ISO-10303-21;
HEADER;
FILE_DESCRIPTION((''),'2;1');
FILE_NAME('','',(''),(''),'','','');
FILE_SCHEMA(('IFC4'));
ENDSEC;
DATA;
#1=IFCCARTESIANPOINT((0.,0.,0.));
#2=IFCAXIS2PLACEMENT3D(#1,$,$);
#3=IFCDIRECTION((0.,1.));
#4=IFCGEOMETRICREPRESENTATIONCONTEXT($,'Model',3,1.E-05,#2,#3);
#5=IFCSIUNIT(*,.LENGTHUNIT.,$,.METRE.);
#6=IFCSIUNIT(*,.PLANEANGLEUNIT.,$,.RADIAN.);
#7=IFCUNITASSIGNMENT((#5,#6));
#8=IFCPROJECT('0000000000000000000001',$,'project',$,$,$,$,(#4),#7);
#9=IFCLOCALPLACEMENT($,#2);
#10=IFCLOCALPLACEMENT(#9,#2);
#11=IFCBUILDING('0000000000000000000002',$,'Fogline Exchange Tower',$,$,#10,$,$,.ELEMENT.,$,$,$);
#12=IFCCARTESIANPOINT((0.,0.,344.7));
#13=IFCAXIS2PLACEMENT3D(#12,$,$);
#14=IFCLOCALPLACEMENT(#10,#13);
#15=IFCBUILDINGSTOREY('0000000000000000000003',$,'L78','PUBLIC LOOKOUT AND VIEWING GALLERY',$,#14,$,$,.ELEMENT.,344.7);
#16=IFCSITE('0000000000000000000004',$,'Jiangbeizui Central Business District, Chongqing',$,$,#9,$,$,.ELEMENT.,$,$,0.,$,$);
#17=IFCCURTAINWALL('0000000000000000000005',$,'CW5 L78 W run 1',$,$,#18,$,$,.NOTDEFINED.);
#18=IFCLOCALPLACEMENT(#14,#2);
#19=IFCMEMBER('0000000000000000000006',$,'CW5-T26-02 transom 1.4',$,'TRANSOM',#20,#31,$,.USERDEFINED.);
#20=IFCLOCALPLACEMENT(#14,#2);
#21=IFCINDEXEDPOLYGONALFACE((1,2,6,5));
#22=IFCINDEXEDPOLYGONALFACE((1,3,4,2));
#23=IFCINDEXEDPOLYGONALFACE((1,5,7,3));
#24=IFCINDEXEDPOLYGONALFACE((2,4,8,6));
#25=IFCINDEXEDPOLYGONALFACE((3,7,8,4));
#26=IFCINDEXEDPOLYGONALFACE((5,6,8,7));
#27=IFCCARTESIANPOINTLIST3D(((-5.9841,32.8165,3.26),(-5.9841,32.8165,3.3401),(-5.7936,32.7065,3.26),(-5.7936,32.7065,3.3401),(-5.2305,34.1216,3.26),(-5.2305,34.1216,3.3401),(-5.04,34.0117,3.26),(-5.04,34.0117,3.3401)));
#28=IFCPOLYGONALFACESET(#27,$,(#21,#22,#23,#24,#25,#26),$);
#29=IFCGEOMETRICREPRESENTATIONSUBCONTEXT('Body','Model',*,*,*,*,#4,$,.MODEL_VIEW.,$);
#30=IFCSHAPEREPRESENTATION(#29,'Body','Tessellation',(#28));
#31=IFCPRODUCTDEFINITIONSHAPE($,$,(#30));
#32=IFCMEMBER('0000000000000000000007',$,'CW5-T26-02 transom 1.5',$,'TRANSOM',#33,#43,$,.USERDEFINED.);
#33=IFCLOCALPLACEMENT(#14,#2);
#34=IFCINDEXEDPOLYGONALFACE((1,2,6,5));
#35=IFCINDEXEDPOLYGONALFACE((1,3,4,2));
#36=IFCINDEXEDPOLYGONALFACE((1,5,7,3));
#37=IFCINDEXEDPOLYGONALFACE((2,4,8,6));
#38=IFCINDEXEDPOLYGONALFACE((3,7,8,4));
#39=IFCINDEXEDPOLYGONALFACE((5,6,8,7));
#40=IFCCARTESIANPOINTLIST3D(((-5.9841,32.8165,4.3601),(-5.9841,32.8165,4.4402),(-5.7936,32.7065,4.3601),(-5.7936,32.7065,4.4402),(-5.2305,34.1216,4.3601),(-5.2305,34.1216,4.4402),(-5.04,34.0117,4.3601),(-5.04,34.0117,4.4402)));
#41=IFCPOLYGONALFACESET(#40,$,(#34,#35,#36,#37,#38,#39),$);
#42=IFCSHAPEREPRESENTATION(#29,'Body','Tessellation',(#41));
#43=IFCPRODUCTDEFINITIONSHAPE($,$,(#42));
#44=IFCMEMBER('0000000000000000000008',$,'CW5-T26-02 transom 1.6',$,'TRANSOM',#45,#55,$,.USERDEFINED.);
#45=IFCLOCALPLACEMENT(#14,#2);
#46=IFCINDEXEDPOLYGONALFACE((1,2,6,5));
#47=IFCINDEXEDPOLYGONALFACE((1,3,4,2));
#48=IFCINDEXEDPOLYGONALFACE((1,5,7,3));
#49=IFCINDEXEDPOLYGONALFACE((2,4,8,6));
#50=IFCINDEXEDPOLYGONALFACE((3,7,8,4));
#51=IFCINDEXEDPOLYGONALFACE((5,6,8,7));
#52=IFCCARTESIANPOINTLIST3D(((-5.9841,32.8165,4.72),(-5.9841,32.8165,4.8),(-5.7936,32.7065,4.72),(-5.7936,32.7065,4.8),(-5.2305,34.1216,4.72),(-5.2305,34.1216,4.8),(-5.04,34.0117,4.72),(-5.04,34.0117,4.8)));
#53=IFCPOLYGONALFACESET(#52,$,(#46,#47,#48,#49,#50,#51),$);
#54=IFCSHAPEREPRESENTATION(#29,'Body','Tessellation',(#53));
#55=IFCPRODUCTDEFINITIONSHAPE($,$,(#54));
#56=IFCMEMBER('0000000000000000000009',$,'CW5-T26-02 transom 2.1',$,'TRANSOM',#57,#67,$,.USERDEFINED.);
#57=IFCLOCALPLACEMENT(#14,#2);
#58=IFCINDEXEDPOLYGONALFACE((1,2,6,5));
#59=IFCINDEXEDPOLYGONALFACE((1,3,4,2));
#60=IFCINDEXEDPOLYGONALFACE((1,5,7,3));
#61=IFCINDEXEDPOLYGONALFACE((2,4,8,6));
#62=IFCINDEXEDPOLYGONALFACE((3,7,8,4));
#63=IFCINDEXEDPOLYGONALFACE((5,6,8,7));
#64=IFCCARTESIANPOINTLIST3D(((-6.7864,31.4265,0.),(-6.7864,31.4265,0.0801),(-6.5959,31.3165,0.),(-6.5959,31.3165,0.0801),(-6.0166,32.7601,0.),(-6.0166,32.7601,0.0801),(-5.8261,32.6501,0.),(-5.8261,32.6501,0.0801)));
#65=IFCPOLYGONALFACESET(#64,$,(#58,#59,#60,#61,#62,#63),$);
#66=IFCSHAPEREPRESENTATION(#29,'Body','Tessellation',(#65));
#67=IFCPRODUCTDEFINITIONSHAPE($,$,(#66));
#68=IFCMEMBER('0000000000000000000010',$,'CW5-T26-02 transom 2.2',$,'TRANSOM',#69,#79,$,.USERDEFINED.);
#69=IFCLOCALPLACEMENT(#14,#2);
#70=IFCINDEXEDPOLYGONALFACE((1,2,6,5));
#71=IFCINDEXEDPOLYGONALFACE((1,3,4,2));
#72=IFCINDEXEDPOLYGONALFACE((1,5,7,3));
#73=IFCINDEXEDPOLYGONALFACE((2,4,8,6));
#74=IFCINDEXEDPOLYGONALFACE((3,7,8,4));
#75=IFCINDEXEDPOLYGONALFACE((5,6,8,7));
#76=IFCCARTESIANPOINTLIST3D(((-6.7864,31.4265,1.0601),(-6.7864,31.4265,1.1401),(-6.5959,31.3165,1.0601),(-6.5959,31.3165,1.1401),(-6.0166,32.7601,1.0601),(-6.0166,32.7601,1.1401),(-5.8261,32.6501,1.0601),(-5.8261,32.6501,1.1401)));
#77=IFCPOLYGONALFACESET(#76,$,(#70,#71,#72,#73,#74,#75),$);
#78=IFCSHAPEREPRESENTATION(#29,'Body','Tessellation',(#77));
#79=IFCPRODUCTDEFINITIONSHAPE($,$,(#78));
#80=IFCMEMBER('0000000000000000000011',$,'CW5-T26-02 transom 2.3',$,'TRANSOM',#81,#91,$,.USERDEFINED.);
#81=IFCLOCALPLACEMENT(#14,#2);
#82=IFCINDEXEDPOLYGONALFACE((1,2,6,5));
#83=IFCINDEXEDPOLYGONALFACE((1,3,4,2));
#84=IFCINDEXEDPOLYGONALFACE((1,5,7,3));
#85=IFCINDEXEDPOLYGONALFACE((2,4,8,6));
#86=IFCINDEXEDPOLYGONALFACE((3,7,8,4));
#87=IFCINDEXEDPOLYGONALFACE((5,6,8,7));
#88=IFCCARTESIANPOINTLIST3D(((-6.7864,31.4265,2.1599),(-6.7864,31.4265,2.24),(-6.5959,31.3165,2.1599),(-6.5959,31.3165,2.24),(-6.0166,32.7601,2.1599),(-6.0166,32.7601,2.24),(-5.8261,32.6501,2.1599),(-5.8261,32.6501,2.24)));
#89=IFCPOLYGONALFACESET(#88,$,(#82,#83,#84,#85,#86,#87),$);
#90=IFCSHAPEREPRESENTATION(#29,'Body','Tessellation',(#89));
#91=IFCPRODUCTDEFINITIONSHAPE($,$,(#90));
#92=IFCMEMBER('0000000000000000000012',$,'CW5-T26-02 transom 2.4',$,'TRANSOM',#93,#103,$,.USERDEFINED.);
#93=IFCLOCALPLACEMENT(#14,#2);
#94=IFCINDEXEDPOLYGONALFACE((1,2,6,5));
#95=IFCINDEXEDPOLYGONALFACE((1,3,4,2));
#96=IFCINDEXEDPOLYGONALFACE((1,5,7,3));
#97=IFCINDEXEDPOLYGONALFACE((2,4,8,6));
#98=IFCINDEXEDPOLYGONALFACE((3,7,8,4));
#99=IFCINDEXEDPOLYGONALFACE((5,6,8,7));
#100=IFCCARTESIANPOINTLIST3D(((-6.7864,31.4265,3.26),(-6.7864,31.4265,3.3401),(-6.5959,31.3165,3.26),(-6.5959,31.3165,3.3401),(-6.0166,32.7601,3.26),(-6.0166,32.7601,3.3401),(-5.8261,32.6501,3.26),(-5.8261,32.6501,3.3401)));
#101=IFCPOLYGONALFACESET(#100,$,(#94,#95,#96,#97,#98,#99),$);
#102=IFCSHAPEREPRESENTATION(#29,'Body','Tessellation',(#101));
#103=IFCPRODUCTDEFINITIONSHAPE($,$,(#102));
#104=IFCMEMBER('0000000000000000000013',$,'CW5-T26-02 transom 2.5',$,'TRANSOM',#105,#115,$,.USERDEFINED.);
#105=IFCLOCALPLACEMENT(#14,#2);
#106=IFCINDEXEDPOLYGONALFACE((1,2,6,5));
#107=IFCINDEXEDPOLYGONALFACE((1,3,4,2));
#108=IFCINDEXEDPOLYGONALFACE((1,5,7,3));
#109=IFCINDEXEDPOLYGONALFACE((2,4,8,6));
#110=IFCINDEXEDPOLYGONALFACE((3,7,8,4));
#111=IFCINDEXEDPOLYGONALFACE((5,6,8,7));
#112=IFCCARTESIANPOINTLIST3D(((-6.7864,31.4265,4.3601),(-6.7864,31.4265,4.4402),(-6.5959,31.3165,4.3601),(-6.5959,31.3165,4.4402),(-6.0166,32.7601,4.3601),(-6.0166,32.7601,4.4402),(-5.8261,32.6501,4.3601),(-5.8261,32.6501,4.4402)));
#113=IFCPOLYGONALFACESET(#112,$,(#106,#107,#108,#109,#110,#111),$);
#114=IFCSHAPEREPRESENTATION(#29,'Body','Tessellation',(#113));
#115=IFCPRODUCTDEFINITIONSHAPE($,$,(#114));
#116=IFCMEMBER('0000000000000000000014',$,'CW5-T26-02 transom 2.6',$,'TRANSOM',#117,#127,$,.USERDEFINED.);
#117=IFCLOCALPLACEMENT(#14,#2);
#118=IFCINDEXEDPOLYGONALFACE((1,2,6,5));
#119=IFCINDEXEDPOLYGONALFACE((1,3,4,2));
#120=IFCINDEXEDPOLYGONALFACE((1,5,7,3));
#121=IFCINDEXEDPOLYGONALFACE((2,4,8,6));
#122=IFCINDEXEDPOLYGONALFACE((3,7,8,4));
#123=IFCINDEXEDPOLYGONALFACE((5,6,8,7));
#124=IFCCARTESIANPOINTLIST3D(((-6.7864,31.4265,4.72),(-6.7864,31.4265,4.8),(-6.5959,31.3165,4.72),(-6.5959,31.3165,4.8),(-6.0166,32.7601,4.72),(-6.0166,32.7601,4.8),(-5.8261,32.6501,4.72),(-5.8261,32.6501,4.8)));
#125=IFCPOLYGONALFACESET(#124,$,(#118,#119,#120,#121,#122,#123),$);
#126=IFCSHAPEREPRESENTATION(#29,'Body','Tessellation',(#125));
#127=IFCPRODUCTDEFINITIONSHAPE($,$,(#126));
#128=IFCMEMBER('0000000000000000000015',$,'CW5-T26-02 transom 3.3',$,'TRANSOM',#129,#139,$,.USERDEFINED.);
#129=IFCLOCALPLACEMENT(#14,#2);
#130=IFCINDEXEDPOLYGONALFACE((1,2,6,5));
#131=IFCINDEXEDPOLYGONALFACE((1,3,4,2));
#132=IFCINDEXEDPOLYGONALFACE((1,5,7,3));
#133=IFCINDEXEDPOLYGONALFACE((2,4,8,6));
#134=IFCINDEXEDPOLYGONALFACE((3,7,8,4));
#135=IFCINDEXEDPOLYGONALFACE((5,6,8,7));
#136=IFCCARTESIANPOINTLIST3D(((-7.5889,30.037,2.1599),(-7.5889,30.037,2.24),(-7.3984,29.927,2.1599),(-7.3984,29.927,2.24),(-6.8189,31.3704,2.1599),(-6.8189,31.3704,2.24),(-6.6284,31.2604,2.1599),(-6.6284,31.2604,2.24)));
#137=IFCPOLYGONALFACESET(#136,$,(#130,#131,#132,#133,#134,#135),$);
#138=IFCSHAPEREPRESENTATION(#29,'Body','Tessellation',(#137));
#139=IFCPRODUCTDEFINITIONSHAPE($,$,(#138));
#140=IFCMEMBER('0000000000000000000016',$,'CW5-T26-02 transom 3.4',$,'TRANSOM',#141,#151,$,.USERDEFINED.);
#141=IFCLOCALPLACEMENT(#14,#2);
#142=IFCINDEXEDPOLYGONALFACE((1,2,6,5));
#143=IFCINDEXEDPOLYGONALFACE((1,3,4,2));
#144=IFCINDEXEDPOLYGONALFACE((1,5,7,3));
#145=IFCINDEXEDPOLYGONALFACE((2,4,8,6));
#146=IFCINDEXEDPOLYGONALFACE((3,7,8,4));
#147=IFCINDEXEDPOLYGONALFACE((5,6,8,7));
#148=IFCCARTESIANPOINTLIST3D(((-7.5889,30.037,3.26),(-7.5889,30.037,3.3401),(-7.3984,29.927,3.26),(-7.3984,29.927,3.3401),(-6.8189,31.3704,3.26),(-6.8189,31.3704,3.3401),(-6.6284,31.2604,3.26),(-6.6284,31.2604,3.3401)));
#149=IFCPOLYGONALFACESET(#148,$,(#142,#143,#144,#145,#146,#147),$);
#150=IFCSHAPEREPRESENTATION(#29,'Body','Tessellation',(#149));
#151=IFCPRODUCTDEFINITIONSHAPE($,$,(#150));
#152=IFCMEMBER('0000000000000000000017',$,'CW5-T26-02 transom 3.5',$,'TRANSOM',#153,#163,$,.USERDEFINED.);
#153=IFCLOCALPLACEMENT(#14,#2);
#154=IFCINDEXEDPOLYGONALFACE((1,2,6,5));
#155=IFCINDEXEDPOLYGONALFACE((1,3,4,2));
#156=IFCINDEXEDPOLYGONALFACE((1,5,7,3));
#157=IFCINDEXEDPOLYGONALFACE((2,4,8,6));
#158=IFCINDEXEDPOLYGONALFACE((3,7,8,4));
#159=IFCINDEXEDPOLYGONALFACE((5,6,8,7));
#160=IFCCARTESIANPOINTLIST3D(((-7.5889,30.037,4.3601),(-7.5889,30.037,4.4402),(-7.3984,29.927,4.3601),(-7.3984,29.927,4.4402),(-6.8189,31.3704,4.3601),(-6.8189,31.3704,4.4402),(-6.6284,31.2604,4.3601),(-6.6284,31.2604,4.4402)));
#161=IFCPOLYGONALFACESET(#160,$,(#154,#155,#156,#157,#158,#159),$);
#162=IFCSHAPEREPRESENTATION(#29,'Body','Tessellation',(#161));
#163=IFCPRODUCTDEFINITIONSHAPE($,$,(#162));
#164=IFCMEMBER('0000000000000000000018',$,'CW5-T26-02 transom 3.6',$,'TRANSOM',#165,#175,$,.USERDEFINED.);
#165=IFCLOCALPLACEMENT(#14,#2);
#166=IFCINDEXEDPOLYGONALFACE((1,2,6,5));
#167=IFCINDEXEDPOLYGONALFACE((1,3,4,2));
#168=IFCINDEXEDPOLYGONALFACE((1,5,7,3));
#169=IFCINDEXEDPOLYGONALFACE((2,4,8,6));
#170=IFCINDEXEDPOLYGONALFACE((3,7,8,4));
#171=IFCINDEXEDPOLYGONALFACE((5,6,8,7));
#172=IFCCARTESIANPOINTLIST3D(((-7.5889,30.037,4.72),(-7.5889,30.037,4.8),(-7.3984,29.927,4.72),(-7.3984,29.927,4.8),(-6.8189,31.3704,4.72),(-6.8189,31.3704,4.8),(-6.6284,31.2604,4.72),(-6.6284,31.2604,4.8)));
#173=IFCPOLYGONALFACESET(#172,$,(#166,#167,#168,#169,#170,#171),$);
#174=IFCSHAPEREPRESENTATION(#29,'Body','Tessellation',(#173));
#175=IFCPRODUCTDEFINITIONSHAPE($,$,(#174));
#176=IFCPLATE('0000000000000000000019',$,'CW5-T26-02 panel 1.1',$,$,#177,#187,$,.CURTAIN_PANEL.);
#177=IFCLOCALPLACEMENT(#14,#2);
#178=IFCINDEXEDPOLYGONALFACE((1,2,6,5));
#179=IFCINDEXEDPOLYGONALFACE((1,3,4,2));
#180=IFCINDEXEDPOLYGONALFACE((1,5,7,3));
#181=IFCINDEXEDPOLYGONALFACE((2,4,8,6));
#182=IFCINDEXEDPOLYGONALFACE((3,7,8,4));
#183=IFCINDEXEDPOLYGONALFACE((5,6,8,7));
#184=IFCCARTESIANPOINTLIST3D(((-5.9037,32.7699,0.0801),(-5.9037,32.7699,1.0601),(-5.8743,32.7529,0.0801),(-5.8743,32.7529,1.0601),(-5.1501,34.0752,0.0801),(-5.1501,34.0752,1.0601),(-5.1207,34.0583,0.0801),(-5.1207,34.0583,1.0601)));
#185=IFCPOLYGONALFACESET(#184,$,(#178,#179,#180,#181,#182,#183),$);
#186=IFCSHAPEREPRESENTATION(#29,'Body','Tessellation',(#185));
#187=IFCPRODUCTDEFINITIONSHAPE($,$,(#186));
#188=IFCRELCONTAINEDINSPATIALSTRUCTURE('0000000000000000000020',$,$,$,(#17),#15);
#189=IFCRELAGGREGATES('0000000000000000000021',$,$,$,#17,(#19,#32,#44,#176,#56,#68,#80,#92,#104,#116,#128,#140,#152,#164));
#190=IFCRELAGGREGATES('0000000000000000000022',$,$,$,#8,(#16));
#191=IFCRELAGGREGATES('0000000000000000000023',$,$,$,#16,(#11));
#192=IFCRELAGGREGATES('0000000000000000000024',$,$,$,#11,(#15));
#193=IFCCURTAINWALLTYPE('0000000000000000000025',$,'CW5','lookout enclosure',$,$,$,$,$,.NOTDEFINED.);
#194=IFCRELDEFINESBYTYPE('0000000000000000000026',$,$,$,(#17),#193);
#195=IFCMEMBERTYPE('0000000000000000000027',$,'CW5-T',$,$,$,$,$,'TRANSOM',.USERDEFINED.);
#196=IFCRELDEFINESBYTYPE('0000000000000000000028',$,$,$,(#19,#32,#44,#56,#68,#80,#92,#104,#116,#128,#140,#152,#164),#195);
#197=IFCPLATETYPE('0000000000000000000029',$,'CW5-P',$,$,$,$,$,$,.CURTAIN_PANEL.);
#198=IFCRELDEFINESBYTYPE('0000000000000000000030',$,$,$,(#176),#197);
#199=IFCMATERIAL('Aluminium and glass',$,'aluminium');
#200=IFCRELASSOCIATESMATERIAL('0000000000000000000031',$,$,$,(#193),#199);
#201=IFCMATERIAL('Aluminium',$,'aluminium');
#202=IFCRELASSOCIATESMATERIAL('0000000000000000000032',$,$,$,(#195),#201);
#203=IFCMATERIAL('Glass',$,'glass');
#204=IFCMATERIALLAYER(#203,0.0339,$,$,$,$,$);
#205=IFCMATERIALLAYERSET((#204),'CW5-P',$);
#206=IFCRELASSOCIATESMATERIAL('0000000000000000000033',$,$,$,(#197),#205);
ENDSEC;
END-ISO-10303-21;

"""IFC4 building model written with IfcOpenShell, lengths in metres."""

from ifc_helpers import new_model, si_unit, direction, frame, origin, origin_2d, place, context, subcontext, project, spatial, rectangle, extrude, material, layer, layer_set, material_profile, profile_set, type_object, element, aggregate, save


model = new_model("IFC4")

# Units and contexts
model_context = context("Model", 3, precision=1e-05, world=origin(), true_north=direction((0.0, 1.0)))
body_context = subcontext(model_context, "Body", "Model", "MODEL_VIEW")
ifc_project = project(units=[si_unit("LENGTHUNIT", "METRE"), si_unit("PLANEANGLEUNIT", "RADIAN")], contexts=[model_context])

# Site, building, storey
site_placement = place(None, origin())
site = spatial("IfcSite", under=ifc_project, at=site_placement, Name="Jiangbeizui Central Business District, Chongqing", CompositionType="ELEMENT", RefElevation=0.0)
building_placement = place(site_placement, origin())
building = spatial("IfcBuilding", under=site, at=building_placement, Name="Fogline Exchange Tower", CompositionType="ELEMENT")
storey_placement = place(building_placement, frame((0.0, 0.0, 344.7)))
storey = spatial("IfcBuildingStorey", under=building, at=storey_placement, Name="L78", Description="PUBLIC LOOKOUT AND VIEWING GALLERY", CompositionType="ELEMENT", Elevation=344.7)

# Curtain wall, members, plate
ifc_material_1 = material(Name="Aluminium and glass", Category="aluminium")
curtain_wall_type = type_object("IfcCurtainWallType", Name="CW5", Description="lookout enclosure", PredefinedType="NOTDEFINED", material=ifc_material_1)
curtain_wall_placement = place(storey_placement, origin())
curtain_wall = element("IfcCurtainWall", 1, at=curtain_wall_placement, inside=storey, type_object=curtain_wall_type, Name="CW5 L78 W run 1", PredefinedType="NOTDEFINED")
ifc_material_2 = material(Name="Aluminium", Category="aluminium")
ifc_material_profile_1 = material_profile(ifc_material_2, rectangle(XDim=0.22, YDim=0.0801, at=origin_2d()), Name="Transom 80x220")
ifc_profile_set_1 = profile_set([ifc_material_profile_1], Name="Aluminium")
member_type_1 = type_object("IfcMemberType", Name="CW5-T", ElementType="TRANSOM", PredefinedType="USERDEFINED", material=ifc_profile_set_1)
member_1_placement = place(storey_placement, frame((-5.1353, 34.0667, 3.3), z_axis=(-0.500059, -0.865991, 0.0), x_axis=(0.865991, -0.500059, 0.0)))
member_1 = element("IfcMember", 2, at=member_1_placement, type_object=member_type_1, Name="CW5-T26-02 transom 1.4", ObjectType="TRANSOM", PredefinedType="USERDEFINED", context=body_context, shape_type="SweptSolid", body=[
    extrude(rectangle(XDim=0.22, YDim=0.0801, at=origin_2d()), origin(), (0.0, 0.0, 1.0), 1.5071),
])
member_2_placement = place(storey_placement, frame((-5.1353, 34.0667, 4.4001), z_axis=(-0.500059, -0.865991, 0.0), x_axis=(0.865991, -0.500059, 0.0)))
member_2 = element("IfcMember", 3, at=member_2_placement, type_object=member_type_1, Name="CW5-T26-02 transom 1.5", ObjectType="TRANSOM", PredefinedType="USERDEFINED", context=body_context, shape_type="SweptSolid", body=[
    extrude(rectangle(XDim=0.22, YDim=0.0801, at=origin_2d()), origin(), (0.0, 0.0, 1.0), 1.5071),
])
member_3_placement = place(storey_placement, frame((-5.1353, 34.0667, 4.76), z_axis=(-0.500059, -0.865991, 0.0), x_axis=(0.865991, -0.500059, 0.0)))
member_3 = element("IfcMember", 4, at=member_3_placement, type_object=member_type_1, Name="CW5-T26-02 transom 1.6", ObjectType="TRANSOM", PredefinedType="USERDEFINED", context=body_context, shape_type="SweptSolid", body=[
    extrude(rectangle(XDim=0.22, YDim=0.0801, at=origin_2d()), origin(), (0.0, 0.0, 1.0), 1.5071),
])
member_4_placement = place(storey_placement, frame((-5.9214, 32.7051, 0.04), z_axis=(-0.499942, -0.866059, 0.0), x_axis=(0.866059, -0.499942, 0.0)))
member_4 = element("IfcMember", 5, at=member_4_placement, type_object=member_type_1, Name="CW5-T26-02 transom 2.1", ObjectType="TRANSOM", PredefinedType="USERDEFINED", context=body_context, shape_type="SweptSolid", body=[
    extrude(rectangle(XDim=0.22, YDim=0.0801, at=origin_2d()), origin(), (0.0, 0.0, 1.0), 1.5398),
])
member_5_placement = place(storey_placement, frame((-5.9214, 32.7051, 1.1001), z_axis=(-0.499942, -0.866059, 0.0), x_axis=(0.866059, -0.499942, 0.0)))
member_5 = element("IfcMember", 6, at=member_5_placement, type_object=member_type_1, Name="CW5-T26-02 transom 2.2", ObjectType="TRANSOM", PredefinedType="USERDEFINED", context=body_context, shape_type="SweptSolid", body=[
    extrude(rectangle(XDim=0.22, YDim=0.0801, at=origin_2d()), origin(), (0.0, 0.0, 1.0), 1.5398),
])
member_6_placement = place(storey_placement, frame((-5.9214, 32.7051, 2.2), z_axis=(-0.499942, -0.866059, 0.0), x_axis=(0.866059, -0.499942, 0.0)))
member_6 = element("IfcMember", 7, at=member_6_placement, type_object=member_type_1, Name="CW5-T26-02 transom 2.3", ObjectType="TRANSOM", PredefinedType="USERDEFINED", context=body_context, shape_type="SweptSolid", body=[
    extrude(rectangle(XDim=0.22, YDim=0.0801, at=origin_2d()), origin(), (0.0, 0.0, 1.0), 1.5398),
])
member_7_placement = place(storey_placement, frame((-5.9214, 32.7051, 3.3), z_axis=(-0.499942, -0.866059, 0.0), x_axis=(0.866059, -0.499942, 0.0)))
member_7 = element("IfcMember", 8, at=member_7_placement, type_object=member_type_1, Name="CW5-T26-02 transom 2.4", ObjectType="TRANSOM", PredefinedType="USERDEFINED", context=body_context, shape_type="SweptSolid", body=[
    extrude(rectangle(XDim=0.22, YDim=0.0801, at=origin_2d()), origin(), (0.0, 0.0, 1.0), 1.5398),
])
member_8_placement = place(storey_placement, frame((-5.9214, 32.7051, 4.4001), z_axis=(-0.499942, -0.866059, 0.0), x_axis=(0.866059, -0.499942, 0.0)))
member_8 = element("IfcMember", 9, at=member_8_placement, type_object=member_type_1, Name="CW5-T26-02 transom 2.5", ObjectType="TRANSOM", PredefinedType="USERDEFINED", context=body_context, shape_type="SweptSolid", body=[
    extrude(rectangle(XDim=0.22, YDim=0.0801, at=origin_2d()), origin(), (0.0, 0.0, 1.0), 1.5398),
])
member_9_placement = place(storey_placement, frame((-5.9214, 32.7051, 4.76), z_axis=(-0.499942, -0.866059, 0.0), x_axis=(0.866059, -0.499942, 0.0)))
member_9 = element("IfcMember", 10, at=member_9_placement, type_object=member_type_1, Name="CW5-T26-02 transom 2.6", ObjectType="TRANSOM", PredefinedType="USERDEFINED", context=body_context, shape_type="SweptSolid", body=[
    extrude(rectangle(XDim=0.22, YDim=0.0801, at=origin_2d()), origin(), (0.0, 0.0, 1.0), 1.5398),
])
member_10_placement = place(storey_placement, frame((-6.7236, 31.3154, 2.2), z_axis=(-0.500061, -0.86599, 0.0), x_axis=(0.86599, -0.500061, 0.0)))
member_10 = element("IfcMember", 11, at=member_10_placement, type_object=member_type_1, Name="CW5-T26-02 transom 3.3", ObjectType="TRANSOM", PredefinedType="USERDEFINED", context=body_context, shape_type="SweptSolid", body=[
    extrude(rectangle(XDim=0.22, YDim=0.0801, at=origin_2d()), origin(), (0.0, 0.0, 1.0), 1.5398),
])
member_11_placement = place(storey_placement, frame((-6.7236, 31.3154, 3.3), z_axis=(-0.500061, -0.86599, 0.0), x_axis=(0.86599, -0.500061, 0.0)))
member_11 = element("IfcMember", 12, at=member_11_placement, type_object=member_type_1, Name="CW5-T26-02 transom 3.4", ObjectType="TRANSOM", PredefinedType="USERDEFINED", context=body_context, shape_type="SweptSolid", body=[
    extrude(rectangle(XDim=0.22, YDim=0.0801, at=origin_2d()), origin(), (0.0, 0.0, 1.0), 1.5398),
])
member_12_placement = place(storey_placement, frame((-6.7236, 31.3154, 4.4001), z_axis=(-0.500061, -0.86599, 0.0), x_axis=(0.86599, -0.500061, 0.0)))
member_12 = element("IfcMember", 13, at=member_12_placement, type_object=member_type_1, Name="CW5-T26-02 transom 3.5", ObjectType="TRANSOM", PredefinedType="USERDEFINED", context=body_context, shape_type="SweptSolid", body=[
    extrude(rectangle(XDim=0.22, YDim=0.0801, at=origin_2d()), origin(), (0.0, 0.0, 1.0), 1.5398),
])
member_13_placement = place(storey_placement, frame((-6.7236, 31.3154, 4.76), z_axis=(-0.500061, -0.86599, 0.0), x_axis=(0.86599, -0.500061, 0.0)))
member_13 = element("IfcMember", 14, at=member_13_placement, type_object=member_type_1, Name="CW5-T26-02 transom 3.6", ObjectType="TRANSOM", PredefinedType="USERDEFINED", context=body_context, shape_type="SweptSolid", body=[
    extrude(rectangle(XDim=0.22, YDim=0.0801, at=origin_2d()), origin(), (0.0, 0.0, 1.0), 1.5398),
])
ifc_material_3 = material(Name="Glass", Category="glass")
ifc_layer_1 = layer(ifc_material_3, 0.0339)
ifc_layer_set_1 = layer_set([ifc_layer_1], Name="CW5-P")
plate_type = type_object("IfcPlateType", Name="CW5-P", PredefinedType="CURTAIN_PANEL", material=ifc_layer_set_1)
plate_1_placement = place(storey_placement, frame((-5.5122, 33.4141, 0.0801), z_axis=(0.0, 0.0, 1.0), x_axis=(-0.5, -0.866025, 0.0)))
plate_1 = element("IfcPlate", 15, at=plate_1_placement, type_object=plate_type, Name="CW5-T26-02 panel 1.1", PredefinedType="CURTAIN_PANEL", context=body_context, shape_type="SweptSolid", body=[
    extrude(rectangle(XDim=1.5073, YDim=0.0339, at=origin_2d()), origin(), (0.0, 0.0, 1.0), 0.98),
])
aggregate(curtain_wall, [member_1, member_2, member_3, plate_1, member_4, member_5, member_6, member_7, member_8, member_9, member_10, member_11, member_12, member_13])

save(model, "model.ifc")
